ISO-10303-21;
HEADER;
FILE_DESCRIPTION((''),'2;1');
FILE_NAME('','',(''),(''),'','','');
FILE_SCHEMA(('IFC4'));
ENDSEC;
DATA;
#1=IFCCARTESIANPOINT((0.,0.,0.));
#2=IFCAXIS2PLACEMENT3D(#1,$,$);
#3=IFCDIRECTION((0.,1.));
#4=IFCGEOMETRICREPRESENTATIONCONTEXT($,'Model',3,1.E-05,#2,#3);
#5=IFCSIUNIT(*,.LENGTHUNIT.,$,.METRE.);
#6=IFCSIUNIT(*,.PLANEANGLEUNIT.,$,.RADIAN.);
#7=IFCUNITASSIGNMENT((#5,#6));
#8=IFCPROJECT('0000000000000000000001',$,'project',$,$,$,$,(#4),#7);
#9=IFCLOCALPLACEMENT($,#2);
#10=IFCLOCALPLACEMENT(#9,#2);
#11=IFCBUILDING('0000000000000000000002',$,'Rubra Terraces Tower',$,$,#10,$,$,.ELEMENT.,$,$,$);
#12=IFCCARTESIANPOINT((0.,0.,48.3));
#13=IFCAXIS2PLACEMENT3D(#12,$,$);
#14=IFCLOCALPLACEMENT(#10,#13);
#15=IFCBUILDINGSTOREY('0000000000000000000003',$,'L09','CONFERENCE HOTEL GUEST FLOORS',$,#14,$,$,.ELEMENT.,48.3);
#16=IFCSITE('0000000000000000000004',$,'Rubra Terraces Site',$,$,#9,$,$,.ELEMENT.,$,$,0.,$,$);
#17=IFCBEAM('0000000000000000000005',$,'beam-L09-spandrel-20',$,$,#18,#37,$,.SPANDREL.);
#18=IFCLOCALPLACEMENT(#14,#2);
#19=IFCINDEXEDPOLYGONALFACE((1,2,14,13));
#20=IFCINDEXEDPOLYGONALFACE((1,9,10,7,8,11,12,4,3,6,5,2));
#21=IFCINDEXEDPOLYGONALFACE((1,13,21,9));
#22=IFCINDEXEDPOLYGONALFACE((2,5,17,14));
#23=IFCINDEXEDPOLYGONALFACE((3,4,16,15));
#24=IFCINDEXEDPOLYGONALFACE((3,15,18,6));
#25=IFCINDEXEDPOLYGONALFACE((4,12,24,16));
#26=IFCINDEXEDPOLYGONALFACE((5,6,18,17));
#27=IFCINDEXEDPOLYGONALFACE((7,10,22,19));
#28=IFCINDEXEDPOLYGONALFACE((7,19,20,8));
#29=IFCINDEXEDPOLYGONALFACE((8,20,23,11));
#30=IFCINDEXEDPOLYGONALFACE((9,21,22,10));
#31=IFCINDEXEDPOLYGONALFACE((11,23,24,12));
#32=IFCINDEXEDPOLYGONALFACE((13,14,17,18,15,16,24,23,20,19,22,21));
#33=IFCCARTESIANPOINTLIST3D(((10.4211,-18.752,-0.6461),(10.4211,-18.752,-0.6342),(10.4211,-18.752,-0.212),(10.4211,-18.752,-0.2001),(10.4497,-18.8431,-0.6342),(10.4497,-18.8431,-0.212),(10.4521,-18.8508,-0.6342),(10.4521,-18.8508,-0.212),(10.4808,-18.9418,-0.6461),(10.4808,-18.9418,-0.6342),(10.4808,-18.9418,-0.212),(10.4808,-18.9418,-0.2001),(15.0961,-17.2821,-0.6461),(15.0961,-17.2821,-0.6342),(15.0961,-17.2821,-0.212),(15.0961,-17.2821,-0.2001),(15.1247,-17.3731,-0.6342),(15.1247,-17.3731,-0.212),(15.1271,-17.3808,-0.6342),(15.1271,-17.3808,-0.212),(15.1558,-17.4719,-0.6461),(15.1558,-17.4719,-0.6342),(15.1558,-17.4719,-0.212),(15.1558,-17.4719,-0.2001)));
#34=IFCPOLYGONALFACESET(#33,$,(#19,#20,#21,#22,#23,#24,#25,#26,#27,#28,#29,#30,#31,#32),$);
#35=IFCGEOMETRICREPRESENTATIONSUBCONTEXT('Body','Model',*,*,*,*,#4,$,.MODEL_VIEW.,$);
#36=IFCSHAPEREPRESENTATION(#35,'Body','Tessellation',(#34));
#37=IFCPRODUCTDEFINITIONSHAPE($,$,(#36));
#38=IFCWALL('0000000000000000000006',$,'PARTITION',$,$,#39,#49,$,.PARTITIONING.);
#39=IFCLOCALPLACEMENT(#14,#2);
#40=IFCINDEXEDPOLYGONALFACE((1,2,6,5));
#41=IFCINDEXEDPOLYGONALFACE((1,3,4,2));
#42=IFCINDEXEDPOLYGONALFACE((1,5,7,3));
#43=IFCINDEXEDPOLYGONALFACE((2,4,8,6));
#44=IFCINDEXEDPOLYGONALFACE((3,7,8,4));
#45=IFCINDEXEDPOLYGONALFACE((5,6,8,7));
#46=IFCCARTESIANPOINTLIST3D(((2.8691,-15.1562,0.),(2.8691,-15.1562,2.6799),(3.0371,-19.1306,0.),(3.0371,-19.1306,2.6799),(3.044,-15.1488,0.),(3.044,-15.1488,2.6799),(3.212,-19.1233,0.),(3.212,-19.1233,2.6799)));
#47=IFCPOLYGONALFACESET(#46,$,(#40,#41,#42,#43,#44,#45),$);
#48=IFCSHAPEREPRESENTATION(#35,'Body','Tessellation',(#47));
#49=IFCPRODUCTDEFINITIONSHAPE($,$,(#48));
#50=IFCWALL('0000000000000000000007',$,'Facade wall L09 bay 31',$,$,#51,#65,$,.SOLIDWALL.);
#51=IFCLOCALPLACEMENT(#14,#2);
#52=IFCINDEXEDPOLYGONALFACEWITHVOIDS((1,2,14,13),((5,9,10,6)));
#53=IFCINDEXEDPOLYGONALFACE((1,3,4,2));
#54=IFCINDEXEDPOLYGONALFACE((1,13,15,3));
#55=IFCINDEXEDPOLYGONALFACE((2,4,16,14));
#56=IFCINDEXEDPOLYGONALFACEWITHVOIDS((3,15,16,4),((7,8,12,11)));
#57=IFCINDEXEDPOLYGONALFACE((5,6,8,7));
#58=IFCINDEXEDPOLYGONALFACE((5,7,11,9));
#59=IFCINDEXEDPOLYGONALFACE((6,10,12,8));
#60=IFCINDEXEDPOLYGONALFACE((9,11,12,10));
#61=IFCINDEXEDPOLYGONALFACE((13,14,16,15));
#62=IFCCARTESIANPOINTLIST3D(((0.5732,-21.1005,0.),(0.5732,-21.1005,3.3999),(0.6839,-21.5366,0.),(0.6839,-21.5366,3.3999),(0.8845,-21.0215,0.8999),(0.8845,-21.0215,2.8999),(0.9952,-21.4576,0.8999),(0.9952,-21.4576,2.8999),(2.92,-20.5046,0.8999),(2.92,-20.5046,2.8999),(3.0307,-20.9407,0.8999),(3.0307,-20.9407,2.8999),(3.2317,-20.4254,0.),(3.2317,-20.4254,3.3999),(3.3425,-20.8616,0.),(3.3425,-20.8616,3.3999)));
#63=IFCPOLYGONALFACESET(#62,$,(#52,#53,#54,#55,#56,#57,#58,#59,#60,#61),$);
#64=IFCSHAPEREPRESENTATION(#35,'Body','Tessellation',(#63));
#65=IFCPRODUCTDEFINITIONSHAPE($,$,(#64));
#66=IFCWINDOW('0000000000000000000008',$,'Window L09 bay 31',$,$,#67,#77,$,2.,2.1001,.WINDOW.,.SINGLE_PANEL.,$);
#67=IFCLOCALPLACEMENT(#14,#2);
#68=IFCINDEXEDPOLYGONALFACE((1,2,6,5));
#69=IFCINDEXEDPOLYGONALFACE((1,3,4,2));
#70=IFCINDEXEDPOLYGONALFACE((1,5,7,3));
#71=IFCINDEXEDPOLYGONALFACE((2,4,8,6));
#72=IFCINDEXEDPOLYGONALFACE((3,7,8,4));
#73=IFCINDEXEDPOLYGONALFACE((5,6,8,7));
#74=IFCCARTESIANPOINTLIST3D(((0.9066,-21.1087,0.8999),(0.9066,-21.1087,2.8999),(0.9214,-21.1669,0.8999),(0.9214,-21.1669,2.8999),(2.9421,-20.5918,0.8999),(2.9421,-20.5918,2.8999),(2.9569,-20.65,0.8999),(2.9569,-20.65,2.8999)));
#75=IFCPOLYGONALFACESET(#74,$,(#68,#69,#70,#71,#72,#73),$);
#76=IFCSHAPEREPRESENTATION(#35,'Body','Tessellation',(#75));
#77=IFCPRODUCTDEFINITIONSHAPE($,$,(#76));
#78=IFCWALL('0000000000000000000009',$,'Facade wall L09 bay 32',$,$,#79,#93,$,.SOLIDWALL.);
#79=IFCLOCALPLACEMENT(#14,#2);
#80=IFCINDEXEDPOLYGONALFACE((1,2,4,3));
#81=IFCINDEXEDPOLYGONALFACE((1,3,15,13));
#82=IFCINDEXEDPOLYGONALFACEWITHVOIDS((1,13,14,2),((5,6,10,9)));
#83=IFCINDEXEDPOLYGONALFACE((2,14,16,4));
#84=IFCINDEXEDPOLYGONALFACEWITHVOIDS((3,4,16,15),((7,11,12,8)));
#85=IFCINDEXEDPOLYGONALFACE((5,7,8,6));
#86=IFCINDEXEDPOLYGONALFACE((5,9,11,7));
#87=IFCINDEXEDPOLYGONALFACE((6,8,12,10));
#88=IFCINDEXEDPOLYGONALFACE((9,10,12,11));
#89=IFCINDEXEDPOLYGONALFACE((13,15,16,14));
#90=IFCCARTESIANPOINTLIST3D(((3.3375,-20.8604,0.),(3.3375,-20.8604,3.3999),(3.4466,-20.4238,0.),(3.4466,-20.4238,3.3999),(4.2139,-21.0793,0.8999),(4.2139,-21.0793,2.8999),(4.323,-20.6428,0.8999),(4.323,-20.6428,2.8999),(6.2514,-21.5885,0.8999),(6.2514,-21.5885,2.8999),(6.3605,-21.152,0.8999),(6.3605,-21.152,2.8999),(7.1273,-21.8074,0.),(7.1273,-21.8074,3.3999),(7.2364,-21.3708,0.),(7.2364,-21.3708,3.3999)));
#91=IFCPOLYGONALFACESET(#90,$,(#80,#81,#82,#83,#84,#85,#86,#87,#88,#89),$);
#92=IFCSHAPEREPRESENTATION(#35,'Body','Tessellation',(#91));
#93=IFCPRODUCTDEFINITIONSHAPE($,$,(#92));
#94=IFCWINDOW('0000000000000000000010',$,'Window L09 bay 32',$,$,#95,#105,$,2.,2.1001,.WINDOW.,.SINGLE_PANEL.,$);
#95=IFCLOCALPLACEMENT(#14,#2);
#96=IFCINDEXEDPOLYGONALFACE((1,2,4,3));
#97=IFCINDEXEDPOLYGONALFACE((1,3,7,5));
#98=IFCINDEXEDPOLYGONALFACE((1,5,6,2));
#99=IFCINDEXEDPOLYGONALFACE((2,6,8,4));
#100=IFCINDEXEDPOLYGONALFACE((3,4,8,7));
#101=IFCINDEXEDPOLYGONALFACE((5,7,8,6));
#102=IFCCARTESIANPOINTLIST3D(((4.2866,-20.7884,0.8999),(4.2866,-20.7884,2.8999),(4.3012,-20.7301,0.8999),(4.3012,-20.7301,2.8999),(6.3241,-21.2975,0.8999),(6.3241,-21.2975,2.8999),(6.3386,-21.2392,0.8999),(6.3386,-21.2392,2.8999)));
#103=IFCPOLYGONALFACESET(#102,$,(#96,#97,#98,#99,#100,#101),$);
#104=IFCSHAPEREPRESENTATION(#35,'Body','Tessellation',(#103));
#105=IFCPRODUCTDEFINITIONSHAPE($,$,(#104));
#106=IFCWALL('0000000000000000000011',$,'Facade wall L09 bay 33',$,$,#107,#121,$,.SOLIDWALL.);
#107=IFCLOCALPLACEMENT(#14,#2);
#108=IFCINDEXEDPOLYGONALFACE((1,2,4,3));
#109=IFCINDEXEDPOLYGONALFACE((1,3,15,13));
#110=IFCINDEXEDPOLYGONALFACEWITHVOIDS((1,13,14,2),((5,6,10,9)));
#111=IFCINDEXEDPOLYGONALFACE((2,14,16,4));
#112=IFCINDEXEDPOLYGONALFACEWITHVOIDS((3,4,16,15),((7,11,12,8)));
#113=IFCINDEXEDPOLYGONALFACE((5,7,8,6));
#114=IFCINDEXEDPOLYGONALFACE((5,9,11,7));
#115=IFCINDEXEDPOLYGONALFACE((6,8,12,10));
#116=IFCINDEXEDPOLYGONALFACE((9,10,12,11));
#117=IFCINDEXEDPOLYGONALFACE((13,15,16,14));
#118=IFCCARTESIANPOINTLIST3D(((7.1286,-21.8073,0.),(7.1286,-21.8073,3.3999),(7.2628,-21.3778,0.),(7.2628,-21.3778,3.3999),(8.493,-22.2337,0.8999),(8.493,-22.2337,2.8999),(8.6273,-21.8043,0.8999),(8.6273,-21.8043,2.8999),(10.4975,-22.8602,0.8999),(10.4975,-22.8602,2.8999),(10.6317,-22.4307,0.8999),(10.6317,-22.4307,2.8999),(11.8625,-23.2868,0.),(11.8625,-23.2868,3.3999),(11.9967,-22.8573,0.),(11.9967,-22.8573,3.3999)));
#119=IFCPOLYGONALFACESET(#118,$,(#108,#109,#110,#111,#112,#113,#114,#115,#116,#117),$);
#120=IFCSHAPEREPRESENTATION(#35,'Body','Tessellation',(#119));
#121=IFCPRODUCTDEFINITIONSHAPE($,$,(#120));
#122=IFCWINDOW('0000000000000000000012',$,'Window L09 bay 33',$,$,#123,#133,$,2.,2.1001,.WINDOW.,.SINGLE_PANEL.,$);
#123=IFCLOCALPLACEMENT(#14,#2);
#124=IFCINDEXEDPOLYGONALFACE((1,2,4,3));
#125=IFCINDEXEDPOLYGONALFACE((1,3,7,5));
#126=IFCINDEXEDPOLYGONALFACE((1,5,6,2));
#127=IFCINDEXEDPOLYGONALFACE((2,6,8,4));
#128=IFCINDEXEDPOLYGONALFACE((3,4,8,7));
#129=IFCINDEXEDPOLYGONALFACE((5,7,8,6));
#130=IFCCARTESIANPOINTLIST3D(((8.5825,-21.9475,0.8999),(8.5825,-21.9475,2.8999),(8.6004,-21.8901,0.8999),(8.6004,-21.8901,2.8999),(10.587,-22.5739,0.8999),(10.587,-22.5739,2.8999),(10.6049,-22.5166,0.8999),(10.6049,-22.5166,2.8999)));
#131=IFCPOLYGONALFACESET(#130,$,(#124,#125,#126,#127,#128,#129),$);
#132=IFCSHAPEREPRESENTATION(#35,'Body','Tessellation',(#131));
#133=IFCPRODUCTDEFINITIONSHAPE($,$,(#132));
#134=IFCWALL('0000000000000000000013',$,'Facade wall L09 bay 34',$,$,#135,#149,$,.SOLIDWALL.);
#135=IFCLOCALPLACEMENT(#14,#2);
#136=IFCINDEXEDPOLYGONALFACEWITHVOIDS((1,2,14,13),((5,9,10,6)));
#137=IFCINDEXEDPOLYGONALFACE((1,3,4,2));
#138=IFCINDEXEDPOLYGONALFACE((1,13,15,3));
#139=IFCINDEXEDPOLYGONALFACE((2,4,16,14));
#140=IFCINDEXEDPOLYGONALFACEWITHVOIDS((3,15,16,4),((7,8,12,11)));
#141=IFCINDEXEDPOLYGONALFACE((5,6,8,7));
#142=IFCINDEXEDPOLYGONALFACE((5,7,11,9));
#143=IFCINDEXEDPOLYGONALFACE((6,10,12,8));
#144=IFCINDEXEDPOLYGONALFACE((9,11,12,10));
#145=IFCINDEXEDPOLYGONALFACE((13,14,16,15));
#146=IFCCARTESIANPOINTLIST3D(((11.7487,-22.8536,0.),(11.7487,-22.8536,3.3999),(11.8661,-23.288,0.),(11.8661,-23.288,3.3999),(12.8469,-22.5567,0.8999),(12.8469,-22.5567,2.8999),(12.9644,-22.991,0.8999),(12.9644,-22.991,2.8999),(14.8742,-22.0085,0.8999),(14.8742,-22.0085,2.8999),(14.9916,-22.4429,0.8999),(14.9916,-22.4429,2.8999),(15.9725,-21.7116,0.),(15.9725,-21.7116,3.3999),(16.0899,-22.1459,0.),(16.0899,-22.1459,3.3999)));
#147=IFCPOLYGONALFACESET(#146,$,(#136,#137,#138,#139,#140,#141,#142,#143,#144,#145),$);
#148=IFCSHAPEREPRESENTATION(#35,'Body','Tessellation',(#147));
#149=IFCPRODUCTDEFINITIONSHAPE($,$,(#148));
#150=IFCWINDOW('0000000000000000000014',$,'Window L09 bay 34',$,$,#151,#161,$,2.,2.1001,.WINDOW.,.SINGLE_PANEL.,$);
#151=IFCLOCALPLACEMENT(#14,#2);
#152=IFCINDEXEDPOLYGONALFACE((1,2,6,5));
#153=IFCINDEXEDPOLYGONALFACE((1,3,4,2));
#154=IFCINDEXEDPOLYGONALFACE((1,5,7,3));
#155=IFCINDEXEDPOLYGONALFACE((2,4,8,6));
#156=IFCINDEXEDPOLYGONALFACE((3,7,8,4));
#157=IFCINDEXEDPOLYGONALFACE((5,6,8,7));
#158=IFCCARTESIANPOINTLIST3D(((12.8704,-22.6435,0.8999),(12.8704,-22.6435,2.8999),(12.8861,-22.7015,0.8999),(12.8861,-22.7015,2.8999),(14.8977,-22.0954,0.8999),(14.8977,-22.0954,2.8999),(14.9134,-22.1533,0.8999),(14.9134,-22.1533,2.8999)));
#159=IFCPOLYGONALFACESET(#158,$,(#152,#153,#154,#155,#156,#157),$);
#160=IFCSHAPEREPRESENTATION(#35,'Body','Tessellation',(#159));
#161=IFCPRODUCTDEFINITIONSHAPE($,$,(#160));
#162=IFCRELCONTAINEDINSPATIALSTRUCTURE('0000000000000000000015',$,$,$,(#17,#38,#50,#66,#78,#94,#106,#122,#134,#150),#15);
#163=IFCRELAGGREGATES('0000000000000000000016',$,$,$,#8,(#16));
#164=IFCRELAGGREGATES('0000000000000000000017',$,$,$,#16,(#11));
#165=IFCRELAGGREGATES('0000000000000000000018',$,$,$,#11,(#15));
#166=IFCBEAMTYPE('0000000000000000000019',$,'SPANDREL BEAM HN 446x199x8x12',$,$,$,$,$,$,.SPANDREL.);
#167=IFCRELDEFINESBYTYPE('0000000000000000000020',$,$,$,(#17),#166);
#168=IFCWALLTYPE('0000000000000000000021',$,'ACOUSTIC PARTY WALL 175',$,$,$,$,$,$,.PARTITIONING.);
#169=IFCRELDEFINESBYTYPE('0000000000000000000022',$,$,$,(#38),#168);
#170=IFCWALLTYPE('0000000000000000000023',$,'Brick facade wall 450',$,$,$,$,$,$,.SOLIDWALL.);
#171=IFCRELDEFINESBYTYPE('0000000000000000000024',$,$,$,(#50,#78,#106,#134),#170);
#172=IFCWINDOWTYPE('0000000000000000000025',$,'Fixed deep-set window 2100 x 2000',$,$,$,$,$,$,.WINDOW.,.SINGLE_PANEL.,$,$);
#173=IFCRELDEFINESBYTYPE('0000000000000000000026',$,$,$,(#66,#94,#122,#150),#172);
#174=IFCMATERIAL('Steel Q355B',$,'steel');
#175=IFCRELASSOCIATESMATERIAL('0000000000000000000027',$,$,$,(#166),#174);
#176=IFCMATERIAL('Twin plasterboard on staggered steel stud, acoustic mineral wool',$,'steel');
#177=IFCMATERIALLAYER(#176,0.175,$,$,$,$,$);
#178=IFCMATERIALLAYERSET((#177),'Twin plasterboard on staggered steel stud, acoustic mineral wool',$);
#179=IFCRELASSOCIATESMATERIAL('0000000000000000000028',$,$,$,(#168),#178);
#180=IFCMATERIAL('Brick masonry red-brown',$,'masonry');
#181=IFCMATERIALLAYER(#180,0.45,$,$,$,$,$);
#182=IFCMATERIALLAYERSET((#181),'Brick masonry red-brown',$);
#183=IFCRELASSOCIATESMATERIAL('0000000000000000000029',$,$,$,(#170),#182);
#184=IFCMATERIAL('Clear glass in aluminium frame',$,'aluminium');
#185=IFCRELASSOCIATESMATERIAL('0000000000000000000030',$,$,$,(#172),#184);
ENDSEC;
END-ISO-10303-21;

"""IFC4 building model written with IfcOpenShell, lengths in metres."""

from ifc_helpers import new_model, si_unit, direction, frame, frame_2d, origin, origin_2d, place, context, subcontext, project, spatial, rectangle, i_section, extrude, material, layer, layer_set, material_profile, profile_set, type_object, element, fill, save


model = new_model("IFC4")

# Units and contexts
model_context = context("Model", 3, precision=1e-05, world=origin(), true_north=direction((0.0, 1.0)))
body_context = subcontext(model_context, "Body", "Model", "MODEL_VIEW")
ifc_project = project(units=[si_unit("LENGTHUNIT", "METRE"), si_unit("PLANEANGLEUNIT", "RADIAN")], contexts=[model_context])

# Site, building, storey
site_placement = place(None, origin())
site = spatial("IfcSite", under=ifc_project, at=site_placement, Name="Rubra Terraces Site", CompositionType="ELEMENT", RefElevation=0.0)
building_placement = place(site_placement, origin())
building = spatial("IfcBuilding", under=site, at=building_placement, Name="Rubra Terraces Tower", CompositionType="ELEMENT")
storey_placement = place(building_placement, frame((0.0, 0.0, 48.3)))
storey = spatial("IfcBuildingStorey", under=building, at=storey_placement, Name="L09", Description="CONFERENCE HOTEL GUEST FLOORS", CompositionType="ELEMENT", Elevation=48.3)

# Beam
ifc_material_1 = material(Name="Steel Q355B", Category="steel")
ifc_material_profile_1 = material_profile(ifc_material_1, i_section(OverallWidth=0.199, OverallDepth=0.446, WebThickness=0.0081, FlangeThickness=0.012, at=origin_2d()), Name="HN 446x199x8x12")
ifc_profile_set_1 = profile_set([ifc_material_profile_1], Name="Steel Q355B")
beam_type_1 = type_object("IfcBeamType", Name="SPANDREL BEAM HN 446x199x8x12", PredefinedType="SPANDREL", material=ifc_profile_set_1)
beam_1_placement = place(storey_placement, frame((10.4509, -18.8469, -0.4231), z_axis=(0.953955, 0.299951, 0.0), x_axis=(-0.299951, 0.953955, 0.0)))
element("IfcBeam", 1, at=beam_1_placement, inside=storey, type_object=beam_type_1, Name="beam-L09-spandrel-20", PredefinedType="SPANDREL", context=body_context, shape_type="SweptSolid", body=[
    extrude(i_section(OverallWidth=0.199, OverallDepth=0.446, WebThickness=0.0081, FlangeThickness=0.012, at=origin_2d()), origin(), (0.0, 0.0, 1.0), 4.9006),
])

# Wall
ifc_material_2 = material(Name="Twin plasterboard on staggered steel stud, acoustic mineral wool", Category="steel")
ifc_layer_1 = layer(ifc_material_2, 0.175)
ifc_layer_set_1 = layer_set([ifc_layer_1], Name="Twin plasterboard on staggered steel stud, acoustic mineral wool")
wall_type_1 = type_object("IfcWallType", Name="ACOUSTIC PARTY WALL 175", PredefinedType="PARTITIONING", material=ifc_layer_set_1)
wall_1_placement = place(storey_placement, frame((3.1245, -19.127, 0.0), z_axis=(0.0, 0.0, 1.0), x_axis=(-0.042225, 0.999108, 0.0)))
element("IfcWall", 2, at=wall_1_placement, inside=storey, type_object=wall_type_1, Name="PARTITION", PredefinedType="PARTITIONING", context=body_context, shape_type="SweptSolid", body=[
    extrude(rectangle(XDim=3.978, YDim=0.175, at=frame_2d((1.989, 0.0))), origin(), (0.0, 0.0, 1.0), 2.6799),
])

# Walls, openings, windows
ifc_material_3 = material(Name="Brick masonry red-brown", Category="masonry")
ifc_layer_2 = layer(ifc_material_3, 0.45)
ifc_layer_set_2 = layer_set([ifc_layer_2], Name="Brick masonry red-brown")
wall_type_2 = type_object("IfcWallType", Name="Brick facade wall 450", PredefinedType="SOLIDWALL", material=ifc_layer_set_2)
wall_2_placement = place(storey_placement, frame((0.6284, -21.3186, 0.0), z_axis=(0.0, 0.0, 1.0), x_axis=(0.969241, 0.246115, 0.0)))
wall_2 = element("IfcWall", 3, at=wall_2_placement, inside=storey, type_object=wall_type_2, Name="Facade wall L09 bay 31", PredefinedType="SOLIDWALL", context=body_context, shape_type="SweptSolid", body=[
    extrude(rectangle(XDim=2.7429, YDim=0.45, at=frame_2d((1.3716, 0.0))), origin(), (0.0, 0.0, 1.0), 3.3999),
])
opening_1_placement = place(wall_2_placement, frame((0.3213, 0.0, 0.8999)))
opening_1 = element("IfcOpeningElement", 4, at=opening_1_placement, cuts=wall_2, PredefinedType="OPENING", context=body_context, shape_type="SweptSolid", body=[
    extrude(rectangle(XDim=2.1001, YDim=2.0, at=frame_2d((1.05, 1.0))), frame((0.0, 0.2349, 0.0), z_axis=(0.0, -1.0, 0.0), x_axis=(1.0, 0.0, 0.0)), (0.0, 0.0, 1.0), 0.47),
])
ifc_material_4 = material(Name="Clear glass in aluminium frame", Category="aluminium")
window_type = type_object("IfcWindowType", Name="Fixed deep-set window 2100 x 2000", PartitioningType="SINGLE_PANEL", PredefinedType="WINDOW", material=ifc_material_4)
window_1_placement = place(opening_1_placement, origin())
window_1 = element("IfcWindow", 5, at=window_1_placement, inside=storey, type_object=window_type, Name="Window L09 bay 31", OverallHeight=2.0, OverallWidth=2.1001, PartitioningType="SINGLE_PANEL", PredefinedType="WINDOW", context=body_context, shape_type="SweptSolid", body=[
    extrude(rectangle(XDim=2.1001, YDim=2.0, at=frame_2d((1.05, 1.0))), frame((0.0, 0.135, 0.0), z_axis=(0.0, -1.0, 0.0), x_axis=(1.0, 0.0, 0.0)), (0.0, 0.0, 1.0), 0.0601),
])
fill(opening_1, window_1)
wall_3_placement = place(storey_placement, frame((3.3921, -20.6421, 0.0), z_axis=(0.0, 0.0, 1.0), x_axis=(0.970168, -0.242433, 0.0)))
wall_3 = element("IfcWall", 6, at=wall_3_placement, inside=storey, type_object=wall_type_2, Name="Facade wall L09 bay 32", PredefinedType="SOLIDWALL", context=body_context, shape_type="SweptSolid", body=[
    extrude(rectangle(XDim=3.9062, YDim=0.45, at=frame_2d((1.9531, 0.0))), origin(), (0.0, 0.0, 1.0), 3.3999),
])
opening_2_placement = place(wall_3_placement, frame((0.9033, 0.0, 0.8999)))
opening_2 = element("IfcOpeningElement", 7, at=opening_2_placement, cuts=wall_3, PredefinedType="OPENING", context=body_context, shape_type="SweptSolid", body=[
    extrude(rectangle(XDim=2.1001, YDim=2.0, at=frame_2d((1.05, 1.0))), frame((0.0, 0.2349, 0.0), z_axis=(0.0, -1.0, 0.0), x_axis=(1.0, 0.0, 0.0)), (0.0, 0.0, 1.0), 0.47),
])
window_2_placement = place(opening_2_placement, origin())
window_2 = element("IfcWindow", 8, at=window_2_placement, inside=storey, type_object=window_type, Name="Window L09 bay 32", OverallHeight=2.0, OverallWidth=2.1001, PartitioningType="SINGLE_PANEL", PredefinedType="WINDOW", context=body_context, shape_type="SweptSolid", body=[
    extrude(rectangle(XDim=2.1001, YDim=2.0, at=frame_2d((1.05, 1.0))), frame((0.0, 0.135, 0.0), z_axis=(0.0, -1.0, 0.0), x_axis=(1.0, 0.0, 0.0)), (0.0, 0.0, 1.0), 0.0601),
])
fill(opening_2, window_2)
wall_4_placement = place(storey_placement, frame((7.1956, -21.5925, 0.0), z_axis=(0.0, 0.0, 1.0), x_axis=(0.954471, -0.298303, 0.0)))
wall_4 = element("IfcWall", 9, at=wall_4_placement, inside=storey, type_object=wall_type_2, Name="Facade wall L09 bay 33", PredefinedType="SOLIDWALL", context=body_context, shape_type="SweptSolid", body=[
    extrude(rectangle(XDim=4.9597, YDim=0.45, at=frame_2d((2.48, 0.0))), origin(), (0.0, 0.0, 1.0), 3.3999),
])
opening_3_placement = place(wall_4_placement, frame((1.4297, 0.0, 0.8999)))
opening_3 = element("IfcOpeningElement", 10, at=opening_3_placement, cuts=wall_4, PredefinedType="OPENING", context=body_context, shape_type="SweptSolid", body=[
    extrude(rectangle(XDim=2.1001, YDim=2.0, at=frame_2d((1.05, 1.0))), frame((0.0, 0.2349, 0.0), z_axis=(0.0, -1.0, 0.0), x_axis=(1.0, 0.0, 0.0)), (0.0, 0.0, 1.0), 0.47),
])
window_3_placement = place(opening_3_placement, origin())
window_3 = element("IfcWindow", 11, at=window_3_placement, inside=storey, type_object=window_type, Name="Window L09 bay 33", OverallHeight=2.0, OverallWidth=2.1001, PartitioningType="SINGLE_PANEL", PredefinedType="WINDOW", context=body_context, shape_type="SweptSolid", body=[
    extrude(rectangle(XDim=2.1001, YDim=2.0, at=frame_2d((1.05, 1.0))), frame((0.0, 0.135, 0.0), z_axis=(0.0, -1.0, 0.0), x_axis=(1.0, 0.0, 0.0)), (0.0, 0.0, 1.0), 0.0601),
])
fill(opening_3, window_3)
wall_5_placement = place(storey_placement, frame((11.8074, -23.0708, 0.0), z_axis=(0.0, 0.0, 1.0), x_axis=(0.965335, 0.261016, 0.0)))
wall_5 = element("IfcWall", 12, at=wall_5_placement, inside=storey, type_object=wall_type_2, Name="Facade wall L09 bay 34", PredefinedType="SOLIDWALL", context=body_context, shape_type="SweptSolid", body=[
    extrude(rectangle(XDim=4.3755, YDim=0.45, at=frame_2d((2.1877, 0.0))), origin(), (0.0, 0.0, 1.0), 3.3999),
])
opening_4_placement = place(wall_5_placement, frame((1.1377, 0.0, 0.8999)))
opening_4 = element("IfcOpeningElement", 13, at=opening_4_placement, cuts=wall_5, PredefinedType="OPENING", context=body_context, shape_type="SweptSolid", body=[
    extrude(rectangle(XDim=2.1001, YDim=2.0, at=frame_2d((1.05, 1.0))), frame((0.0, 0.2349, 0.0), z_axis=(0.0, -1.0, 0.0), x_axis=(1.0, 0.0, 0.0)), (0.0, 0.0, 1.0), 0.47),
])
window_4_placement = place(opening_4_placement, origin())
window_4 = element("IfcWindow", 14, at=window_4_placement, inside=storey, type_object=window_type, Name="Window L09 bay 34", OverallHeight=2.0, OverallWidth=2.1001, PartitioningType="SINGLE_PANEL", PredefinedType="WINDOW", context=body_context, shape_type="SweptSolid", body=[
    extrude(rectangle(XDim=2.1001, YDim=2.0, at=frame_2d((1.05, 1.0))), frame((0.0, 0.135, 0.0), z_axis=(0.0, -1.0, 0.0), x_axis=(1.0, 0.0, 0.0)), (0.0, 0.0, 1.0), 0.0601),
])
fill(opening_4, window_4)

save(model, "model.ifc")
